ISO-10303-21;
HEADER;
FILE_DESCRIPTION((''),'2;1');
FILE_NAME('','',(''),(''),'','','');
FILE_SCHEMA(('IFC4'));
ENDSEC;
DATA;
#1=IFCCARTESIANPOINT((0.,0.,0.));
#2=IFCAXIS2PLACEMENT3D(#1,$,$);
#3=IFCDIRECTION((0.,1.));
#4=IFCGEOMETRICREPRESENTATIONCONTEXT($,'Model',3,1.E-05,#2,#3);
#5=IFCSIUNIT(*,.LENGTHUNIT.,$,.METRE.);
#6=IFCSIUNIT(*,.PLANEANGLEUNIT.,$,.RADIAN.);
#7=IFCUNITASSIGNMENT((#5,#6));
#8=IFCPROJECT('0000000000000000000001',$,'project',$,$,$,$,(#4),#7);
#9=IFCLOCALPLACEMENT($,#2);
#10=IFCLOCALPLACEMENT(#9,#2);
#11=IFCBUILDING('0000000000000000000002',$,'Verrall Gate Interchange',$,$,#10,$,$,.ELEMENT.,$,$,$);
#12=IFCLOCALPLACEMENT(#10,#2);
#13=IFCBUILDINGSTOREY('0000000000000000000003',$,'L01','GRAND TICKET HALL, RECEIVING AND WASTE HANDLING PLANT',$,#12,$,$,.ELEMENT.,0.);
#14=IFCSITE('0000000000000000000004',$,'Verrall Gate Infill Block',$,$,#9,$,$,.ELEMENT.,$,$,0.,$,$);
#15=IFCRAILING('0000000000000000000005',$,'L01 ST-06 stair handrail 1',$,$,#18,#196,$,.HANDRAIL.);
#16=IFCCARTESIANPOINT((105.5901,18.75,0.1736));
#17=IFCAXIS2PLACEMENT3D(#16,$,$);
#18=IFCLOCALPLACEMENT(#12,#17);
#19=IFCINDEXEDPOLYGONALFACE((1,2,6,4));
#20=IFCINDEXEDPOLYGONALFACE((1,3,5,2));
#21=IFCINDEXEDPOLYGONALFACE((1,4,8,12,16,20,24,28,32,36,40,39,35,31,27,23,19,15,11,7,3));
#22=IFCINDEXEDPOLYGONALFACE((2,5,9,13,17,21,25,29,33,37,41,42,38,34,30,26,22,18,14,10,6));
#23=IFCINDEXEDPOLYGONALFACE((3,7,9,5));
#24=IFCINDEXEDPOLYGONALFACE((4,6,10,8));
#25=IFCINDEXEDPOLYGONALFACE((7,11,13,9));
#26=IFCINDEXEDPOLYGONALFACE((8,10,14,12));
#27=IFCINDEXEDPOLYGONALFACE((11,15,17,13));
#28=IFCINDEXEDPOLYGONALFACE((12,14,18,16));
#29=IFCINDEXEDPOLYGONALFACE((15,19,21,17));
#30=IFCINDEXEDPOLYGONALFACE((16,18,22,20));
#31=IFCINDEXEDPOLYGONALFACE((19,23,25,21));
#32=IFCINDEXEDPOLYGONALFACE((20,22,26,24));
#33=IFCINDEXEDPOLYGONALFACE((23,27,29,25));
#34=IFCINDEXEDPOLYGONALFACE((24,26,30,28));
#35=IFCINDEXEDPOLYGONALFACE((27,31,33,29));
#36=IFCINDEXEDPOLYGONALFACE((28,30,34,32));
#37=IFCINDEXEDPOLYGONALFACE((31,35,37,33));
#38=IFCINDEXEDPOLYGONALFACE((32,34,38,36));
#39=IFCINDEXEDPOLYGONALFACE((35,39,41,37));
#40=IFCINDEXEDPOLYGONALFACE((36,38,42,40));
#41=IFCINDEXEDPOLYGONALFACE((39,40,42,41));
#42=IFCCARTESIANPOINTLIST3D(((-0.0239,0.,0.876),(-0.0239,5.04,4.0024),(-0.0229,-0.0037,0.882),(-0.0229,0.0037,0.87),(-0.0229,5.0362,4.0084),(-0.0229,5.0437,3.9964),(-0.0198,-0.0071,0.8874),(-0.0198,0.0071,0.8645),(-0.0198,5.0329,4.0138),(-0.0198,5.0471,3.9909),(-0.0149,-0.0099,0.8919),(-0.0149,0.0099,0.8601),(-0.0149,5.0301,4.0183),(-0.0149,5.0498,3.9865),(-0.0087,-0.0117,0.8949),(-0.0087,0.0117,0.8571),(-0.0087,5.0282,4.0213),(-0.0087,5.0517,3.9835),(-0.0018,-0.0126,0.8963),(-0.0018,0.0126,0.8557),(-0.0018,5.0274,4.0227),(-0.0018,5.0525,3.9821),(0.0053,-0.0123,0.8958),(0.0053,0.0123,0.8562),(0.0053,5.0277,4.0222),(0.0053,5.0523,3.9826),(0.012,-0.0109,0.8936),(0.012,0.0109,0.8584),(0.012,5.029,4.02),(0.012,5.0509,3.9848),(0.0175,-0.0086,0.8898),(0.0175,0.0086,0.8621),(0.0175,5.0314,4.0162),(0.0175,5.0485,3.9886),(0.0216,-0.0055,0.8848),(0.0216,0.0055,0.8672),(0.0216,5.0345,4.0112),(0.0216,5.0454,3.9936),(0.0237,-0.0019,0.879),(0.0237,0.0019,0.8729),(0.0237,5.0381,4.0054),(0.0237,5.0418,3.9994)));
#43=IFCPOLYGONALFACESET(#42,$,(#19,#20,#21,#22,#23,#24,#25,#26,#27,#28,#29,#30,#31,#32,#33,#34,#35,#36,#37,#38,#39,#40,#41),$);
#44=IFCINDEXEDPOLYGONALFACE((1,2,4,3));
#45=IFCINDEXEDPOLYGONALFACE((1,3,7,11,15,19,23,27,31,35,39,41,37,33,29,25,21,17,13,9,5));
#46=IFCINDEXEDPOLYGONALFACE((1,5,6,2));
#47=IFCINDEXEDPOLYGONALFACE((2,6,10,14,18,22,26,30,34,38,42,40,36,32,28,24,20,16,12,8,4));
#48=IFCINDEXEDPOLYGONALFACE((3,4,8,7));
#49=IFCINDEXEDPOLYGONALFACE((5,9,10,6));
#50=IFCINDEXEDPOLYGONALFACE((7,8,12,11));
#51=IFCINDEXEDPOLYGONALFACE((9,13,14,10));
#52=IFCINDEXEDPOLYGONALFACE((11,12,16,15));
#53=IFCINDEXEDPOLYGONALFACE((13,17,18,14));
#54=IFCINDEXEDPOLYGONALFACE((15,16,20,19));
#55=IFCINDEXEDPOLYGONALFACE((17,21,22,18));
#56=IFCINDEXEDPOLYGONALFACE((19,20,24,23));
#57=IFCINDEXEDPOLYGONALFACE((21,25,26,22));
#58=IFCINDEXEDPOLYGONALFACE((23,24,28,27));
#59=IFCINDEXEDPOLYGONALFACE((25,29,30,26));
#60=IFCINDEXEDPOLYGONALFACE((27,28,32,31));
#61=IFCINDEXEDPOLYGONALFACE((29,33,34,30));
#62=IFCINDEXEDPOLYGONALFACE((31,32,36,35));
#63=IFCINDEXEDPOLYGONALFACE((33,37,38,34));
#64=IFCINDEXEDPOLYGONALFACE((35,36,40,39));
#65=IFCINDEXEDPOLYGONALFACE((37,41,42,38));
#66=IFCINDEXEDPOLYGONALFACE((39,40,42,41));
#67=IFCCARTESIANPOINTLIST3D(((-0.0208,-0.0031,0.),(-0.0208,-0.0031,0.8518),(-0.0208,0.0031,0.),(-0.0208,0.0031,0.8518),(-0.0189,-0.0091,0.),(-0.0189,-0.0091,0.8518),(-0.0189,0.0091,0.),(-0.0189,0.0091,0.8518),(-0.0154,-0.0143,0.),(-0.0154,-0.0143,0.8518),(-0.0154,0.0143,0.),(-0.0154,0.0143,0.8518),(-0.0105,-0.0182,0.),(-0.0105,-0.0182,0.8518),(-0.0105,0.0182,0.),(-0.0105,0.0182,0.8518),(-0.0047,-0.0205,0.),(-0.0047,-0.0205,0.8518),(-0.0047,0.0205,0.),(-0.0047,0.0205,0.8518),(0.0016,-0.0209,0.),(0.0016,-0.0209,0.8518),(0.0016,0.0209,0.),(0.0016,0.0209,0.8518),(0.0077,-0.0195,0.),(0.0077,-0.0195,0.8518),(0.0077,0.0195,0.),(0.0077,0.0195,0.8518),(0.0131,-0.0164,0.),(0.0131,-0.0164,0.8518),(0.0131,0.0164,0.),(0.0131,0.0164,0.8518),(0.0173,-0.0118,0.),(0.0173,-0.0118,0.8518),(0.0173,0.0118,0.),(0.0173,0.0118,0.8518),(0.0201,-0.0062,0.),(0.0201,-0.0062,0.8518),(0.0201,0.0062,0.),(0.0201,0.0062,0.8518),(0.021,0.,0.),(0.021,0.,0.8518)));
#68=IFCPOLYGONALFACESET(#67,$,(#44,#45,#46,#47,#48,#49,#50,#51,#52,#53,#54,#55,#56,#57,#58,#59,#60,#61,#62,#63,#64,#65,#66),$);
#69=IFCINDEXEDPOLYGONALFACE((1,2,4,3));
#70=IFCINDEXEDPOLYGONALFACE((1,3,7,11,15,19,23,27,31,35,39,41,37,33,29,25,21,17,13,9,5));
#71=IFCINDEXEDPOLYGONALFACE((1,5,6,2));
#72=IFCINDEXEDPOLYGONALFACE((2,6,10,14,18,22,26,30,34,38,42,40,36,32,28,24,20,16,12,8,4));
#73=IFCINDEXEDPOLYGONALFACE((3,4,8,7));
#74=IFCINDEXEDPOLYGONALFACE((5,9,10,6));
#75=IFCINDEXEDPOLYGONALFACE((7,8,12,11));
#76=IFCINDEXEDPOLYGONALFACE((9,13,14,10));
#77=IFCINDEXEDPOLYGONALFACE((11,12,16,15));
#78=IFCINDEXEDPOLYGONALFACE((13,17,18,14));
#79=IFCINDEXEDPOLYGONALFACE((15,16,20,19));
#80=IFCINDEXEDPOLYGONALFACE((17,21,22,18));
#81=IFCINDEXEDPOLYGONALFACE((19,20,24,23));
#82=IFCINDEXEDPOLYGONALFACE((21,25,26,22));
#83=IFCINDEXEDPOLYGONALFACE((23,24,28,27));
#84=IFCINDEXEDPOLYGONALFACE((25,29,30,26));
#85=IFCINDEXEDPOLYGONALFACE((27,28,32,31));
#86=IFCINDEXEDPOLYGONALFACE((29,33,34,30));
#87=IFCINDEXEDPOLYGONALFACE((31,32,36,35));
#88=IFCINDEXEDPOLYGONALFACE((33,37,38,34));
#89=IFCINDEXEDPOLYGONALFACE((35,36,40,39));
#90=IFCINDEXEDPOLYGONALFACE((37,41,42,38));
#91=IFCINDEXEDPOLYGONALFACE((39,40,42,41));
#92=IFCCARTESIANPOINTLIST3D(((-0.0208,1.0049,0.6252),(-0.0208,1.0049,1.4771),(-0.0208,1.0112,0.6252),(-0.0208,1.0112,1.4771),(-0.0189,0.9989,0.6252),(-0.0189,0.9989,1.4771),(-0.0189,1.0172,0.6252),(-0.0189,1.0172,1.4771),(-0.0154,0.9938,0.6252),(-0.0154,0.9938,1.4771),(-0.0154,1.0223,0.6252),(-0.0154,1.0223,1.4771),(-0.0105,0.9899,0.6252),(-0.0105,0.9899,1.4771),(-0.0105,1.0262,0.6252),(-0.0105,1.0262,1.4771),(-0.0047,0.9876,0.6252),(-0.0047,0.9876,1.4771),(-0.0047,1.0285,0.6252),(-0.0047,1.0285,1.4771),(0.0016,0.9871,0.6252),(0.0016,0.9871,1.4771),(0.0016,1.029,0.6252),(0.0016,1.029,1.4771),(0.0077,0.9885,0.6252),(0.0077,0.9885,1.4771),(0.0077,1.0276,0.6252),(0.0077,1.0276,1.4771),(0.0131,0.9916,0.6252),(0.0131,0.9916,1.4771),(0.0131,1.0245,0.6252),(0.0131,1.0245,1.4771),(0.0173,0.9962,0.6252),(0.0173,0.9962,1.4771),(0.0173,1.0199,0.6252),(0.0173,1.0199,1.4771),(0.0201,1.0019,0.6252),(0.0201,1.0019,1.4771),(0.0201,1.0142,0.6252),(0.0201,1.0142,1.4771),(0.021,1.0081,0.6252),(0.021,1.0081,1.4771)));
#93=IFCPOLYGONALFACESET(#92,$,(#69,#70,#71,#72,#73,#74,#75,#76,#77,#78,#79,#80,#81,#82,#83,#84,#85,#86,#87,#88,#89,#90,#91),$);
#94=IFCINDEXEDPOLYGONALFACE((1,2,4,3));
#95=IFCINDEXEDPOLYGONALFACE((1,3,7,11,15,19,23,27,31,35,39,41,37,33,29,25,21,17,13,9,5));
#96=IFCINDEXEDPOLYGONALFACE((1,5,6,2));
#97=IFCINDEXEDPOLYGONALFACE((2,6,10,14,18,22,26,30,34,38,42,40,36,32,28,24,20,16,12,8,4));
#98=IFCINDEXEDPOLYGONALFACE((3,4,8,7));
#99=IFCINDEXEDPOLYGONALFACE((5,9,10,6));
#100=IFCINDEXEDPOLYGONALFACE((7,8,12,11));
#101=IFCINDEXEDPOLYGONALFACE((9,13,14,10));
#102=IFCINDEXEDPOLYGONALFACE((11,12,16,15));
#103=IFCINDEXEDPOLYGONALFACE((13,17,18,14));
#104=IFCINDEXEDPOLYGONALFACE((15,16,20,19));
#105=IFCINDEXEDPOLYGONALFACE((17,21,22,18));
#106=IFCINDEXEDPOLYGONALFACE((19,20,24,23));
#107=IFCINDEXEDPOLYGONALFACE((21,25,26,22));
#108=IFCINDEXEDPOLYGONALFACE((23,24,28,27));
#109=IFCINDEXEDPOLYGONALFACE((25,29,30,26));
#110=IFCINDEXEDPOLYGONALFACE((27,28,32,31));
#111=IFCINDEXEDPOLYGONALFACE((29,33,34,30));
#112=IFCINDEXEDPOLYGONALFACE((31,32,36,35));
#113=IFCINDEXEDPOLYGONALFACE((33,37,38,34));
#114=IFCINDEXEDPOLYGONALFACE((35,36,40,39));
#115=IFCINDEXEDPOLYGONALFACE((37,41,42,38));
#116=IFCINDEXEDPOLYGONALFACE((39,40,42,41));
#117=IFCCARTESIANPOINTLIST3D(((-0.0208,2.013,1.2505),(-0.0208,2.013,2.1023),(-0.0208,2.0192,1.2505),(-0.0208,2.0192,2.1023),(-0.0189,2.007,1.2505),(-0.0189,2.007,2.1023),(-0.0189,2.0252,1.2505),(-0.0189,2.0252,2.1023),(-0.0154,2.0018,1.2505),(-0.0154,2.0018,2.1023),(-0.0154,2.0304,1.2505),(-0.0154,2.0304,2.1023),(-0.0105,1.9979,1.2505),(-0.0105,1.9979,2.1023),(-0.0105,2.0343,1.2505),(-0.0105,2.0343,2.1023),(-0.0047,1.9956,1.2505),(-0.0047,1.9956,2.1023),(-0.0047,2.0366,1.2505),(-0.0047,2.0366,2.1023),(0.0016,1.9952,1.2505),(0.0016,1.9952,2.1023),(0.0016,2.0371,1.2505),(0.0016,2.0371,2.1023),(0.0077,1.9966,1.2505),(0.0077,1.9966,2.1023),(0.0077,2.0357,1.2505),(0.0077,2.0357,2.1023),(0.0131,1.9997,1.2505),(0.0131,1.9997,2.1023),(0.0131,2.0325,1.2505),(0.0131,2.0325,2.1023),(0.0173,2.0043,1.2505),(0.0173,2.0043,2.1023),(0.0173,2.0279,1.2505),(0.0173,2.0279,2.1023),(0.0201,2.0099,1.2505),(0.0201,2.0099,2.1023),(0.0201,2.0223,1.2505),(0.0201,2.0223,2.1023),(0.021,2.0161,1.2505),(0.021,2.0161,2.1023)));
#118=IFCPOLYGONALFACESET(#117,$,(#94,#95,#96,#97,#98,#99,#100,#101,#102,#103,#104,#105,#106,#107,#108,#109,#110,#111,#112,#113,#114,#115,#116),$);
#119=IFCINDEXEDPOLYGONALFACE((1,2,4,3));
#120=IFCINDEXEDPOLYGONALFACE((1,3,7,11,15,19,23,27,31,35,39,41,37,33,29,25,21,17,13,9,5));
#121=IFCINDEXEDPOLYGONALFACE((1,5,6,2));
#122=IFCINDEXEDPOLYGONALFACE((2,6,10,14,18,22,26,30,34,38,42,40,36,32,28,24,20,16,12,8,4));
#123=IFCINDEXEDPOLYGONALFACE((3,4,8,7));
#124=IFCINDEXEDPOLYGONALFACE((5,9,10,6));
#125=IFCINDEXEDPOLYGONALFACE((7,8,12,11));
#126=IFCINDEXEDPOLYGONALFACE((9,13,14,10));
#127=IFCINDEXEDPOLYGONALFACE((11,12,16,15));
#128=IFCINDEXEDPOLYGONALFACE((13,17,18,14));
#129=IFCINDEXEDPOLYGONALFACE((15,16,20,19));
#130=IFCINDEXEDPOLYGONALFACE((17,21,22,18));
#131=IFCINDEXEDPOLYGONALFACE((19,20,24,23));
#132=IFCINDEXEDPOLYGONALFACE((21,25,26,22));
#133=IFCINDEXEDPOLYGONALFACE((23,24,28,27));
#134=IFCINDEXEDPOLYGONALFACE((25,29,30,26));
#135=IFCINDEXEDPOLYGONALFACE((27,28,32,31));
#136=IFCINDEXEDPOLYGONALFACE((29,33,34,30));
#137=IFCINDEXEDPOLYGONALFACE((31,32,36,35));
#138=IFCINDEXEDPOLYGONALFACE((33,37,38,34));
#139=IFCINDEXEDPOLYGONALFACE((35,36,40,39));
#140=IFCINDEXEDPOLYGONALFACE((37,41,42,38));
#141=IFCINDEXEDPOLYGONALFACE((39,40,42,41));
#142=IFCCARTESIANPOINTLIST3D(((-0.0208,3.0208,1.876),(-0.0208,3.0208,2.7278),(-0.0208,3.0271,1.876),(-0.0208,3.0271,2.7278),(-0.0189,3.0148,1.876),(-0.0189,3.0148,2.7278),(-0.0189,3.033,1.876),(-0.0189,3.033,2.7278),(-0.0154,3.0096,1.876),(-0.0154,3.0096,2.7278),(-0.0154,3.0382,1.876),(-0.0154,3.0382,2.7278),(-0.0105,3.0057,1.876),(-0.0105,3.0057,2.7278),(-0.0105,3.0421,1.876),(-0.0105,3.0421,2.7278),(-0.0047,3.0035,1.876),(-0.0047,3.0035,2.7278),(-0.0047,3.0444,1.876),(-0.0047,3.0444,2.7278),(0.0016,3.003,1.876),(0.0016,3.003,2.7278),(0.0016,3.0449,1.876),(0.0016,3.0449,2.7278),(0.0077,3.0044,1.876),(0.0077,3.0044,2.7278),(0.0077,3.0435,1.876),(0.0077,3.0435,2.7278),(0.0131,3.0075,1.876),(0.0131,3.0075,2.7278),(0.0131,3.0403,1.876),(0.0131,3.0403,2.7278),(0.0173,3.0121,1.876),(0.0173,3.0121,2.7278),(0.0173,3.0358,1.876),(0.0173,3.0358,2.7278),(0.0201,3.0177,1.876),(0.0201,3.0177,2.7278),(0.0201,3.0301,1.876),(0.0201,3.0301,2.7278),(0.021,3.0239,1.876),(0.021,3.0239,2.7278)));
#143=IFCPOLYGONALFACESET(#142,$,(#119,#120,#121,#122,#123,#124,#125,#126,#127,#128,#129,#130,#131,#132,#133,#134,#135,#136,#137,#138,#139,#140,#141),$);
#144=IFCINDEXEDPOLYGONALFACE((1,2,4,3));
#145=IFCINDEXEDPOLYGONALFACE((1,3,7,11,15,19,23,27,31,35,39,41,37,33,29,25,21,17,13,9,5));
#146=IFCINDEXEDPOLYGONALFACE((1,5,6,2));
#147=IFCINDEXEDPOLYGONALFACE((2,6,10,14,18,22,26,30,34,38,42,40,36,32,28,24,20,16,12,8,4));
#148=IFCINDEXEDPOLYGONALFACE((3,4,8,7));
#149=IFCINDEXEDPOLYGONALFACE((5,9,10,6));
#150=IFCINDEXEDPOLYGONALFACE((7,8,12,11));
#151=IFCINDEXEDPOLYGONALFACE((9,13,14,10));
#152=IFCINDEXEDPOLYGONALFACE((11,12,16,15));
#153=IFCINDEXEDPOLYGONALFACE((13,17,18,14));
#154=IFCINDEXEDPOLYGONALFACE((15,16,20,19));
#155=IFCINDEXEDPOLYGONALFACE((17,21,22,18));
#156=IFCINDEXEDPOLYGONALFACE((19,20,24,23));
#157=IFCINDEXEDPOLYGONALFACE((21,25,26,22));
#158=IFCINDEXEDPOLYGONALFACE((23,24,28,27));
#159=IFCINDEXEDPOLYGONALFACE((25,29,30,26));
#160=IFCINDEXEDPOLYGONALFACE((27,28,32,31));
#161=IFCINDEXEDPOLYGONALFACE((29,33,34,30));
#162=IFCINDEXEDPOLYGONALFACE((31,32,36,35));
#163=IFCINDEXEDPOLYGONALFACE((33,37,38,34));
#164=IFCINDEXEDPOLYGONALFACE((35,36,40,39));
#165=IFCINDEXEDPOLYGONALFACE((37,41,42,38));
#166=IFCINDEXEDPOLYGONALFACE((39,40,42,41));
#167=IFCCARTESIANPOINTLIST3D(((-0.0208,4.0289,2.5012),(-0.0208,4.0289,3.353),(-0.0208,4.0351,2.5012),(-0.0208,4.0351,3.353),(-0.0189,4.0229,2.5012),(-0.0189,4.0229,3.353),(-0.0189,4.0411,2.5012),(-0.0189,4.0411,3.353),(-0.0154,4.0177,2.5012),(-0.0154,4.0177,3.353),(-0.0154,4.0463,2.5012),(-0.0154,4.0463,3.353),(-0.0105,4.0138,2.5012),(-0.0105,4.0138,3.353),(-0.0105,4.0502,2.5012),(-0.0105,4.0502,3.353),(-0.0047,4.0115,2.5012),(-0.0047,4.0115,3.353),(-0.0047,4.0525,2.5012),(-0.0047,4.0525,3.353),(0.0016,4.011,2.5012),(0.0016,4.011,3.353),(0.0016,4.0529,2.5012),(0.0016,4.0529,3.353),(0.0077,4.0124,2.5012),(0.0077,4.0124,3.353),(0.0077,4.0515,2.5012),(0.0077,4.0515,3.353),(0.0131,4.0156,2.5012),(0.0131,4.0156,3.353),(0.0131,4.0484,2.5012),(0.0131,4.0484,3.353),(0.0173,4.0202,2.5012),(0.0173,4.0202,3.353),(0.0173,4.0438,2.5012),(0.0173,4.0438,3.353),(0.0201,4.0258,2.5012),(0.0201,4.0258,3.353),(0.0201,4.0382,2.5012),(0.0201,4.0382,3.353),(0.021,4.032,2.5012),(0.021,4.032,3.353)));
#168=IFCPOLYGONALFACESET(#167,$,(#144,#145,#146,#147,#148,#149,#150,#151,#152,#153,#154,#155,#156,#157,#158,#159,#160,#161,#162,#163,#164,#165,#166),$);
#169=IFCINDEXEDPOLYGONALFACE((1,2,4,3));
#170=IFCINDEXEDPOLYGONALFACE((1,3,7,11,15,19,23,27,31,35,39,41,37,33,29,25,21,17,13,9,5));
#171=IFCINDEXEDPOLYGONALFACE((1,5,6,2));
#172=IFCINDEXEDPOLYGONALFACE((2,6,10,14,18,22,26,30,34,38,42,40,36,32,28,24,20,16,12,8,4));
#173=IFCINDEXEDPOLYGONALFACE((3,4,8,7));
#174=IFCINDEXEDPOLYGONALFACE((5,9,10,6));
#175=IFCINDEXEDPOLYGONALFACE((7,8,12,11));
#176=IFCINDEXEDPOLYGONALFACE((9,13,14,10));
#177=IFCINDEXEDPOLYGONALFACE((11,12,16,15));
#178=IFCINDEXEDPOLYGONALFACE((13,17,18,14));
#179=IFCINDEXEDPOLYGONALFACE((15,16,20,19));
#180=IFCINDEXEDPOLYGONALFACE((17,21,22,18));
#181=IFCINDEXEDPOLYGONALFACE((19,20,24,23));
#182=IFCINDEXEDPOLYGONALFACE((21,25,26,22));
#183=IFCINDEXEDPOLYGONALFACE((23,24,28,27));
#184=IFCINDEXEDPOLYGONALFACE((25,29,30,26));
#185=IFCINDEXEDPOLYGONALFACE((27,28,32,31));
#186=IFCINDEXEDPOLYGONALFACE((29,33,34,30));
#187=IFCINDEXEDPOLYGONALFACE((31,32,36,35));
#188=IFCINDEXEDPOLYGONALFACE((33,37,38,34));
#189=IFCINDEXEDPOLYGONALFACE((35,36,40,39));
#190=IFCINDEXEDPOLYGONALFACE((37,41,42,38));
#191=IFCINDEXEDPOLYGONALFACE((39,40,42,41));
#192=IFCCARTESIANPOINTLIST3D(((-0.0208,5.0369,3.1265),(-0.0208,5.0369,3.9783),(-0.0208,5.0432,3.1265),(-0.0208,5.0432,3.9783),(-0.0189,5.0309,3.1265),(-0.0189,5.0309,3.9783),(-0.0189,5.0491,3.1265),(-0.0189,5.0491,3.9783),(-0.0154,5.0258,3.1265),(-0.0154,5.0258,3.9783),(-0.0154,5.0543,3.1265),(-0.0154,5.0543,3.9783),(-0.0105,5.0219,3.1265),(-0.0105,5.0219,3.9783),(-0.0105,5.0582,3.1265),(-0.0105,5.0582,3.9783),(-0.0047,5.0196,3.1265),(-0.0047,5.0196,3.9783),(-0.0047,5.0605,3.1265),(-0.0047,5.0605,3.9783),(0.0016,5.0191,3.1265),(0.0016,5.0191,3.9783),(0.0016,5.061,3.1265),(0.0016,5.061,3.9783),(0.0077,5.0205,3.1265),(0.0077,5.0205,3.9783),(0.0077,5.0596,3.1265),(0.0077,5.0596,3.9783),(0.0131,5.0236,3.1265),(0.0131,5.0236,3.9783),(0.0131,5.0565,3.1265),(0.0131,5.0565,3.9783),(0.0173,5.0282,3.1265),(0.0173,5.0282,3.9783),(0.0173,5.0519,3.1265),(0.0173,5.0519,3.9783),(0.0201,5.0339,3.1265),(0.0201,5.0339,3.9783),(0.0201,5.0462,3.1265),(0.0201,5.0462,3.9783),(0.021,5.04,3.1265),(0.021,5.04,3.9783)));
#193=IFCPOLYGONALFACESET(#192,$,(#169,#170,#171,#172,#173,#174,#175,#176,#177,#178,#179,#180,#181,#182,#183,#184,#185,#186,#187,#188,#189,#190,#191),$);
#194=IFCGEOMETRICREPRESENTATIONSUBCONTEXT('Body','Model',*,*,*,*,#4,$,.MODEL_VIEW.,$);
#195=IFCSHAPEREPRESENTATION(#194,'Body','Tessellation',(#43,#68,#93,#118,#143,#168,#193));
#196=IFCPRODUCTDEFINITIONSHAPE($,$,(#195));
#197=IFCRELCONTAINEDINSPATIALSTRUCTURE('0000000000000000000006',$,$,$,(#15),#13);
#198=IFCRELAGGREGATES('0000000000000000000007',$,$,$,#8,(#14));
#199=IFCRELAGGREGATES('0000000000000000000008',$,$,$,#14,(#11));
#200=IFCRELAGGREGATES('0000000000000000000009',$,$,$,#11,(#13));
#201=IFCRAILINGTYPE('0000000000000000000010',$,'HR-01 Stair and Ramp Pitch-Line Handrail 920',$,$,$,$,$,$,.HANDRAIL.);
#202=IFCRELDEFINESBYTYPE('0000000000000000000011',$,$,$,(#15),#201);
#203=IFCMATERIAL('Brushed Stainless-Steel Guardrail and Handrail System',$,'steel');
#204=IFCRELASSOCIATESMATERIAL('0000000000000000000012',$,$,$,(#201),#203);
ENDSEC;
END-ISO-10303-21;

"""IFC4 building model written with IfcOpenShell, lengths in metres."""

from ifc_helpers import new_model, si_unit, direction, frame, origin, origin_2d, place, context, subcontext, project, spatial, circle, extrude, material, type_object, element, save


model = new_model("IFC4")

# Units and contexts
model_context = context("Model", 3, precision=1e-05, world=origin(), true_north=direction((0.0, 1.0)))
body_context = subcontext(model_context, "Body", "Model", "MODEL_VIEW")
ifc_project = project(units=[si_unit("LENGTHUNIT", "METRE"), si_unit("PLANEANGLEUNIT", "RADIAN")], contexts=[model_context])

# Site, building, storey
site_placement = place(None, origin())
site = spatial("IfcSite", under=ifc_project, at=site_placement, Name="Verrall Gate Infill Block", CompositionType="ELEMENT", RefElevation=0.0)
building_placement = place(site_placement, origin())
building = spatial("IfcBuilding", under=site, at=building_placement, Name="Verrall Gate Interchange", CompositionType="ELEMENT")
storey_placement = place(building_placement, origin())
storey = spatial("IfcBuildingStorey", under=building, at=storey_placement, Name="L01", Description="GRAND TICKET HALL, RECEIVING AND WASTE HANDLING PLANT", CompositionType="ELEMENT", Elevation=0.0)

# Railing
ifc_material_1 = material(Name="Brushed Stainless-Steel Guardrail and Handrail System", Category="steel")
railing_type_1 = type_object("IfcRailingType", Name="HR-01 Stair and Ramp Pitch-Line Handrail 920", PredefinedType="HANDRAIL", material=ifc_material_1)
railing_1_placement = place(storey_placement, frame((105.5901, 18.75, 0.1736)))
element("IfcRailing", 1, at=railing_1_placement, inside=storey, type_object=railing_type_1, Name="L01 ST-06 stair handrail 1", PredefinedType="HANDRAIL", context=body_context, shape_type="SweptSolid", body=[
    extrude(circle(Radius=0.0239, at=origin_2d()), frame((0.0, 0.0, 0.876), z_axis=(0.0, 0.849779, 0.527139), x_axis=(-1.0, 0.0, 0.0)), (0.0, 0.0, 1.0), 5.9309),
    extrude(circle(Radius=0.021, at=origin_2d()), origin(), (0.0, 0.0, 1.0), 0.8518),
    extrude(circle(Radius=0.021, at=origin_2d()), frame((0.0, 1.0081, 0.6252)), (0.0, 0.0, 1.0), 0.8518),
    extrude(circle(Radius=0.021, at=origin_2d()), frame((0.0, 2.0161, 1.2505)), (0.0, 0.0, 1.0), 0.8518),
    extrude(circle(Radius=0.021, at=origin_2d()), frame((0.0, 3.0239, 1.876)), (0.0, 0.0, 1.0), 0.8518),
    extrude(circle(Radius=0.021, at=origin_2d()), frame((0.0, 4.032, 2.5012)), (0.0, 0.0, 1.0), 0.8518),
    extrude(circle(Radius=0.021, at=origin_2d()), frame((0.0, 5.04, 3.1265)), (0.0, 0.0, 1.0), 0.8518),
])

save(model, "model.ifc")
